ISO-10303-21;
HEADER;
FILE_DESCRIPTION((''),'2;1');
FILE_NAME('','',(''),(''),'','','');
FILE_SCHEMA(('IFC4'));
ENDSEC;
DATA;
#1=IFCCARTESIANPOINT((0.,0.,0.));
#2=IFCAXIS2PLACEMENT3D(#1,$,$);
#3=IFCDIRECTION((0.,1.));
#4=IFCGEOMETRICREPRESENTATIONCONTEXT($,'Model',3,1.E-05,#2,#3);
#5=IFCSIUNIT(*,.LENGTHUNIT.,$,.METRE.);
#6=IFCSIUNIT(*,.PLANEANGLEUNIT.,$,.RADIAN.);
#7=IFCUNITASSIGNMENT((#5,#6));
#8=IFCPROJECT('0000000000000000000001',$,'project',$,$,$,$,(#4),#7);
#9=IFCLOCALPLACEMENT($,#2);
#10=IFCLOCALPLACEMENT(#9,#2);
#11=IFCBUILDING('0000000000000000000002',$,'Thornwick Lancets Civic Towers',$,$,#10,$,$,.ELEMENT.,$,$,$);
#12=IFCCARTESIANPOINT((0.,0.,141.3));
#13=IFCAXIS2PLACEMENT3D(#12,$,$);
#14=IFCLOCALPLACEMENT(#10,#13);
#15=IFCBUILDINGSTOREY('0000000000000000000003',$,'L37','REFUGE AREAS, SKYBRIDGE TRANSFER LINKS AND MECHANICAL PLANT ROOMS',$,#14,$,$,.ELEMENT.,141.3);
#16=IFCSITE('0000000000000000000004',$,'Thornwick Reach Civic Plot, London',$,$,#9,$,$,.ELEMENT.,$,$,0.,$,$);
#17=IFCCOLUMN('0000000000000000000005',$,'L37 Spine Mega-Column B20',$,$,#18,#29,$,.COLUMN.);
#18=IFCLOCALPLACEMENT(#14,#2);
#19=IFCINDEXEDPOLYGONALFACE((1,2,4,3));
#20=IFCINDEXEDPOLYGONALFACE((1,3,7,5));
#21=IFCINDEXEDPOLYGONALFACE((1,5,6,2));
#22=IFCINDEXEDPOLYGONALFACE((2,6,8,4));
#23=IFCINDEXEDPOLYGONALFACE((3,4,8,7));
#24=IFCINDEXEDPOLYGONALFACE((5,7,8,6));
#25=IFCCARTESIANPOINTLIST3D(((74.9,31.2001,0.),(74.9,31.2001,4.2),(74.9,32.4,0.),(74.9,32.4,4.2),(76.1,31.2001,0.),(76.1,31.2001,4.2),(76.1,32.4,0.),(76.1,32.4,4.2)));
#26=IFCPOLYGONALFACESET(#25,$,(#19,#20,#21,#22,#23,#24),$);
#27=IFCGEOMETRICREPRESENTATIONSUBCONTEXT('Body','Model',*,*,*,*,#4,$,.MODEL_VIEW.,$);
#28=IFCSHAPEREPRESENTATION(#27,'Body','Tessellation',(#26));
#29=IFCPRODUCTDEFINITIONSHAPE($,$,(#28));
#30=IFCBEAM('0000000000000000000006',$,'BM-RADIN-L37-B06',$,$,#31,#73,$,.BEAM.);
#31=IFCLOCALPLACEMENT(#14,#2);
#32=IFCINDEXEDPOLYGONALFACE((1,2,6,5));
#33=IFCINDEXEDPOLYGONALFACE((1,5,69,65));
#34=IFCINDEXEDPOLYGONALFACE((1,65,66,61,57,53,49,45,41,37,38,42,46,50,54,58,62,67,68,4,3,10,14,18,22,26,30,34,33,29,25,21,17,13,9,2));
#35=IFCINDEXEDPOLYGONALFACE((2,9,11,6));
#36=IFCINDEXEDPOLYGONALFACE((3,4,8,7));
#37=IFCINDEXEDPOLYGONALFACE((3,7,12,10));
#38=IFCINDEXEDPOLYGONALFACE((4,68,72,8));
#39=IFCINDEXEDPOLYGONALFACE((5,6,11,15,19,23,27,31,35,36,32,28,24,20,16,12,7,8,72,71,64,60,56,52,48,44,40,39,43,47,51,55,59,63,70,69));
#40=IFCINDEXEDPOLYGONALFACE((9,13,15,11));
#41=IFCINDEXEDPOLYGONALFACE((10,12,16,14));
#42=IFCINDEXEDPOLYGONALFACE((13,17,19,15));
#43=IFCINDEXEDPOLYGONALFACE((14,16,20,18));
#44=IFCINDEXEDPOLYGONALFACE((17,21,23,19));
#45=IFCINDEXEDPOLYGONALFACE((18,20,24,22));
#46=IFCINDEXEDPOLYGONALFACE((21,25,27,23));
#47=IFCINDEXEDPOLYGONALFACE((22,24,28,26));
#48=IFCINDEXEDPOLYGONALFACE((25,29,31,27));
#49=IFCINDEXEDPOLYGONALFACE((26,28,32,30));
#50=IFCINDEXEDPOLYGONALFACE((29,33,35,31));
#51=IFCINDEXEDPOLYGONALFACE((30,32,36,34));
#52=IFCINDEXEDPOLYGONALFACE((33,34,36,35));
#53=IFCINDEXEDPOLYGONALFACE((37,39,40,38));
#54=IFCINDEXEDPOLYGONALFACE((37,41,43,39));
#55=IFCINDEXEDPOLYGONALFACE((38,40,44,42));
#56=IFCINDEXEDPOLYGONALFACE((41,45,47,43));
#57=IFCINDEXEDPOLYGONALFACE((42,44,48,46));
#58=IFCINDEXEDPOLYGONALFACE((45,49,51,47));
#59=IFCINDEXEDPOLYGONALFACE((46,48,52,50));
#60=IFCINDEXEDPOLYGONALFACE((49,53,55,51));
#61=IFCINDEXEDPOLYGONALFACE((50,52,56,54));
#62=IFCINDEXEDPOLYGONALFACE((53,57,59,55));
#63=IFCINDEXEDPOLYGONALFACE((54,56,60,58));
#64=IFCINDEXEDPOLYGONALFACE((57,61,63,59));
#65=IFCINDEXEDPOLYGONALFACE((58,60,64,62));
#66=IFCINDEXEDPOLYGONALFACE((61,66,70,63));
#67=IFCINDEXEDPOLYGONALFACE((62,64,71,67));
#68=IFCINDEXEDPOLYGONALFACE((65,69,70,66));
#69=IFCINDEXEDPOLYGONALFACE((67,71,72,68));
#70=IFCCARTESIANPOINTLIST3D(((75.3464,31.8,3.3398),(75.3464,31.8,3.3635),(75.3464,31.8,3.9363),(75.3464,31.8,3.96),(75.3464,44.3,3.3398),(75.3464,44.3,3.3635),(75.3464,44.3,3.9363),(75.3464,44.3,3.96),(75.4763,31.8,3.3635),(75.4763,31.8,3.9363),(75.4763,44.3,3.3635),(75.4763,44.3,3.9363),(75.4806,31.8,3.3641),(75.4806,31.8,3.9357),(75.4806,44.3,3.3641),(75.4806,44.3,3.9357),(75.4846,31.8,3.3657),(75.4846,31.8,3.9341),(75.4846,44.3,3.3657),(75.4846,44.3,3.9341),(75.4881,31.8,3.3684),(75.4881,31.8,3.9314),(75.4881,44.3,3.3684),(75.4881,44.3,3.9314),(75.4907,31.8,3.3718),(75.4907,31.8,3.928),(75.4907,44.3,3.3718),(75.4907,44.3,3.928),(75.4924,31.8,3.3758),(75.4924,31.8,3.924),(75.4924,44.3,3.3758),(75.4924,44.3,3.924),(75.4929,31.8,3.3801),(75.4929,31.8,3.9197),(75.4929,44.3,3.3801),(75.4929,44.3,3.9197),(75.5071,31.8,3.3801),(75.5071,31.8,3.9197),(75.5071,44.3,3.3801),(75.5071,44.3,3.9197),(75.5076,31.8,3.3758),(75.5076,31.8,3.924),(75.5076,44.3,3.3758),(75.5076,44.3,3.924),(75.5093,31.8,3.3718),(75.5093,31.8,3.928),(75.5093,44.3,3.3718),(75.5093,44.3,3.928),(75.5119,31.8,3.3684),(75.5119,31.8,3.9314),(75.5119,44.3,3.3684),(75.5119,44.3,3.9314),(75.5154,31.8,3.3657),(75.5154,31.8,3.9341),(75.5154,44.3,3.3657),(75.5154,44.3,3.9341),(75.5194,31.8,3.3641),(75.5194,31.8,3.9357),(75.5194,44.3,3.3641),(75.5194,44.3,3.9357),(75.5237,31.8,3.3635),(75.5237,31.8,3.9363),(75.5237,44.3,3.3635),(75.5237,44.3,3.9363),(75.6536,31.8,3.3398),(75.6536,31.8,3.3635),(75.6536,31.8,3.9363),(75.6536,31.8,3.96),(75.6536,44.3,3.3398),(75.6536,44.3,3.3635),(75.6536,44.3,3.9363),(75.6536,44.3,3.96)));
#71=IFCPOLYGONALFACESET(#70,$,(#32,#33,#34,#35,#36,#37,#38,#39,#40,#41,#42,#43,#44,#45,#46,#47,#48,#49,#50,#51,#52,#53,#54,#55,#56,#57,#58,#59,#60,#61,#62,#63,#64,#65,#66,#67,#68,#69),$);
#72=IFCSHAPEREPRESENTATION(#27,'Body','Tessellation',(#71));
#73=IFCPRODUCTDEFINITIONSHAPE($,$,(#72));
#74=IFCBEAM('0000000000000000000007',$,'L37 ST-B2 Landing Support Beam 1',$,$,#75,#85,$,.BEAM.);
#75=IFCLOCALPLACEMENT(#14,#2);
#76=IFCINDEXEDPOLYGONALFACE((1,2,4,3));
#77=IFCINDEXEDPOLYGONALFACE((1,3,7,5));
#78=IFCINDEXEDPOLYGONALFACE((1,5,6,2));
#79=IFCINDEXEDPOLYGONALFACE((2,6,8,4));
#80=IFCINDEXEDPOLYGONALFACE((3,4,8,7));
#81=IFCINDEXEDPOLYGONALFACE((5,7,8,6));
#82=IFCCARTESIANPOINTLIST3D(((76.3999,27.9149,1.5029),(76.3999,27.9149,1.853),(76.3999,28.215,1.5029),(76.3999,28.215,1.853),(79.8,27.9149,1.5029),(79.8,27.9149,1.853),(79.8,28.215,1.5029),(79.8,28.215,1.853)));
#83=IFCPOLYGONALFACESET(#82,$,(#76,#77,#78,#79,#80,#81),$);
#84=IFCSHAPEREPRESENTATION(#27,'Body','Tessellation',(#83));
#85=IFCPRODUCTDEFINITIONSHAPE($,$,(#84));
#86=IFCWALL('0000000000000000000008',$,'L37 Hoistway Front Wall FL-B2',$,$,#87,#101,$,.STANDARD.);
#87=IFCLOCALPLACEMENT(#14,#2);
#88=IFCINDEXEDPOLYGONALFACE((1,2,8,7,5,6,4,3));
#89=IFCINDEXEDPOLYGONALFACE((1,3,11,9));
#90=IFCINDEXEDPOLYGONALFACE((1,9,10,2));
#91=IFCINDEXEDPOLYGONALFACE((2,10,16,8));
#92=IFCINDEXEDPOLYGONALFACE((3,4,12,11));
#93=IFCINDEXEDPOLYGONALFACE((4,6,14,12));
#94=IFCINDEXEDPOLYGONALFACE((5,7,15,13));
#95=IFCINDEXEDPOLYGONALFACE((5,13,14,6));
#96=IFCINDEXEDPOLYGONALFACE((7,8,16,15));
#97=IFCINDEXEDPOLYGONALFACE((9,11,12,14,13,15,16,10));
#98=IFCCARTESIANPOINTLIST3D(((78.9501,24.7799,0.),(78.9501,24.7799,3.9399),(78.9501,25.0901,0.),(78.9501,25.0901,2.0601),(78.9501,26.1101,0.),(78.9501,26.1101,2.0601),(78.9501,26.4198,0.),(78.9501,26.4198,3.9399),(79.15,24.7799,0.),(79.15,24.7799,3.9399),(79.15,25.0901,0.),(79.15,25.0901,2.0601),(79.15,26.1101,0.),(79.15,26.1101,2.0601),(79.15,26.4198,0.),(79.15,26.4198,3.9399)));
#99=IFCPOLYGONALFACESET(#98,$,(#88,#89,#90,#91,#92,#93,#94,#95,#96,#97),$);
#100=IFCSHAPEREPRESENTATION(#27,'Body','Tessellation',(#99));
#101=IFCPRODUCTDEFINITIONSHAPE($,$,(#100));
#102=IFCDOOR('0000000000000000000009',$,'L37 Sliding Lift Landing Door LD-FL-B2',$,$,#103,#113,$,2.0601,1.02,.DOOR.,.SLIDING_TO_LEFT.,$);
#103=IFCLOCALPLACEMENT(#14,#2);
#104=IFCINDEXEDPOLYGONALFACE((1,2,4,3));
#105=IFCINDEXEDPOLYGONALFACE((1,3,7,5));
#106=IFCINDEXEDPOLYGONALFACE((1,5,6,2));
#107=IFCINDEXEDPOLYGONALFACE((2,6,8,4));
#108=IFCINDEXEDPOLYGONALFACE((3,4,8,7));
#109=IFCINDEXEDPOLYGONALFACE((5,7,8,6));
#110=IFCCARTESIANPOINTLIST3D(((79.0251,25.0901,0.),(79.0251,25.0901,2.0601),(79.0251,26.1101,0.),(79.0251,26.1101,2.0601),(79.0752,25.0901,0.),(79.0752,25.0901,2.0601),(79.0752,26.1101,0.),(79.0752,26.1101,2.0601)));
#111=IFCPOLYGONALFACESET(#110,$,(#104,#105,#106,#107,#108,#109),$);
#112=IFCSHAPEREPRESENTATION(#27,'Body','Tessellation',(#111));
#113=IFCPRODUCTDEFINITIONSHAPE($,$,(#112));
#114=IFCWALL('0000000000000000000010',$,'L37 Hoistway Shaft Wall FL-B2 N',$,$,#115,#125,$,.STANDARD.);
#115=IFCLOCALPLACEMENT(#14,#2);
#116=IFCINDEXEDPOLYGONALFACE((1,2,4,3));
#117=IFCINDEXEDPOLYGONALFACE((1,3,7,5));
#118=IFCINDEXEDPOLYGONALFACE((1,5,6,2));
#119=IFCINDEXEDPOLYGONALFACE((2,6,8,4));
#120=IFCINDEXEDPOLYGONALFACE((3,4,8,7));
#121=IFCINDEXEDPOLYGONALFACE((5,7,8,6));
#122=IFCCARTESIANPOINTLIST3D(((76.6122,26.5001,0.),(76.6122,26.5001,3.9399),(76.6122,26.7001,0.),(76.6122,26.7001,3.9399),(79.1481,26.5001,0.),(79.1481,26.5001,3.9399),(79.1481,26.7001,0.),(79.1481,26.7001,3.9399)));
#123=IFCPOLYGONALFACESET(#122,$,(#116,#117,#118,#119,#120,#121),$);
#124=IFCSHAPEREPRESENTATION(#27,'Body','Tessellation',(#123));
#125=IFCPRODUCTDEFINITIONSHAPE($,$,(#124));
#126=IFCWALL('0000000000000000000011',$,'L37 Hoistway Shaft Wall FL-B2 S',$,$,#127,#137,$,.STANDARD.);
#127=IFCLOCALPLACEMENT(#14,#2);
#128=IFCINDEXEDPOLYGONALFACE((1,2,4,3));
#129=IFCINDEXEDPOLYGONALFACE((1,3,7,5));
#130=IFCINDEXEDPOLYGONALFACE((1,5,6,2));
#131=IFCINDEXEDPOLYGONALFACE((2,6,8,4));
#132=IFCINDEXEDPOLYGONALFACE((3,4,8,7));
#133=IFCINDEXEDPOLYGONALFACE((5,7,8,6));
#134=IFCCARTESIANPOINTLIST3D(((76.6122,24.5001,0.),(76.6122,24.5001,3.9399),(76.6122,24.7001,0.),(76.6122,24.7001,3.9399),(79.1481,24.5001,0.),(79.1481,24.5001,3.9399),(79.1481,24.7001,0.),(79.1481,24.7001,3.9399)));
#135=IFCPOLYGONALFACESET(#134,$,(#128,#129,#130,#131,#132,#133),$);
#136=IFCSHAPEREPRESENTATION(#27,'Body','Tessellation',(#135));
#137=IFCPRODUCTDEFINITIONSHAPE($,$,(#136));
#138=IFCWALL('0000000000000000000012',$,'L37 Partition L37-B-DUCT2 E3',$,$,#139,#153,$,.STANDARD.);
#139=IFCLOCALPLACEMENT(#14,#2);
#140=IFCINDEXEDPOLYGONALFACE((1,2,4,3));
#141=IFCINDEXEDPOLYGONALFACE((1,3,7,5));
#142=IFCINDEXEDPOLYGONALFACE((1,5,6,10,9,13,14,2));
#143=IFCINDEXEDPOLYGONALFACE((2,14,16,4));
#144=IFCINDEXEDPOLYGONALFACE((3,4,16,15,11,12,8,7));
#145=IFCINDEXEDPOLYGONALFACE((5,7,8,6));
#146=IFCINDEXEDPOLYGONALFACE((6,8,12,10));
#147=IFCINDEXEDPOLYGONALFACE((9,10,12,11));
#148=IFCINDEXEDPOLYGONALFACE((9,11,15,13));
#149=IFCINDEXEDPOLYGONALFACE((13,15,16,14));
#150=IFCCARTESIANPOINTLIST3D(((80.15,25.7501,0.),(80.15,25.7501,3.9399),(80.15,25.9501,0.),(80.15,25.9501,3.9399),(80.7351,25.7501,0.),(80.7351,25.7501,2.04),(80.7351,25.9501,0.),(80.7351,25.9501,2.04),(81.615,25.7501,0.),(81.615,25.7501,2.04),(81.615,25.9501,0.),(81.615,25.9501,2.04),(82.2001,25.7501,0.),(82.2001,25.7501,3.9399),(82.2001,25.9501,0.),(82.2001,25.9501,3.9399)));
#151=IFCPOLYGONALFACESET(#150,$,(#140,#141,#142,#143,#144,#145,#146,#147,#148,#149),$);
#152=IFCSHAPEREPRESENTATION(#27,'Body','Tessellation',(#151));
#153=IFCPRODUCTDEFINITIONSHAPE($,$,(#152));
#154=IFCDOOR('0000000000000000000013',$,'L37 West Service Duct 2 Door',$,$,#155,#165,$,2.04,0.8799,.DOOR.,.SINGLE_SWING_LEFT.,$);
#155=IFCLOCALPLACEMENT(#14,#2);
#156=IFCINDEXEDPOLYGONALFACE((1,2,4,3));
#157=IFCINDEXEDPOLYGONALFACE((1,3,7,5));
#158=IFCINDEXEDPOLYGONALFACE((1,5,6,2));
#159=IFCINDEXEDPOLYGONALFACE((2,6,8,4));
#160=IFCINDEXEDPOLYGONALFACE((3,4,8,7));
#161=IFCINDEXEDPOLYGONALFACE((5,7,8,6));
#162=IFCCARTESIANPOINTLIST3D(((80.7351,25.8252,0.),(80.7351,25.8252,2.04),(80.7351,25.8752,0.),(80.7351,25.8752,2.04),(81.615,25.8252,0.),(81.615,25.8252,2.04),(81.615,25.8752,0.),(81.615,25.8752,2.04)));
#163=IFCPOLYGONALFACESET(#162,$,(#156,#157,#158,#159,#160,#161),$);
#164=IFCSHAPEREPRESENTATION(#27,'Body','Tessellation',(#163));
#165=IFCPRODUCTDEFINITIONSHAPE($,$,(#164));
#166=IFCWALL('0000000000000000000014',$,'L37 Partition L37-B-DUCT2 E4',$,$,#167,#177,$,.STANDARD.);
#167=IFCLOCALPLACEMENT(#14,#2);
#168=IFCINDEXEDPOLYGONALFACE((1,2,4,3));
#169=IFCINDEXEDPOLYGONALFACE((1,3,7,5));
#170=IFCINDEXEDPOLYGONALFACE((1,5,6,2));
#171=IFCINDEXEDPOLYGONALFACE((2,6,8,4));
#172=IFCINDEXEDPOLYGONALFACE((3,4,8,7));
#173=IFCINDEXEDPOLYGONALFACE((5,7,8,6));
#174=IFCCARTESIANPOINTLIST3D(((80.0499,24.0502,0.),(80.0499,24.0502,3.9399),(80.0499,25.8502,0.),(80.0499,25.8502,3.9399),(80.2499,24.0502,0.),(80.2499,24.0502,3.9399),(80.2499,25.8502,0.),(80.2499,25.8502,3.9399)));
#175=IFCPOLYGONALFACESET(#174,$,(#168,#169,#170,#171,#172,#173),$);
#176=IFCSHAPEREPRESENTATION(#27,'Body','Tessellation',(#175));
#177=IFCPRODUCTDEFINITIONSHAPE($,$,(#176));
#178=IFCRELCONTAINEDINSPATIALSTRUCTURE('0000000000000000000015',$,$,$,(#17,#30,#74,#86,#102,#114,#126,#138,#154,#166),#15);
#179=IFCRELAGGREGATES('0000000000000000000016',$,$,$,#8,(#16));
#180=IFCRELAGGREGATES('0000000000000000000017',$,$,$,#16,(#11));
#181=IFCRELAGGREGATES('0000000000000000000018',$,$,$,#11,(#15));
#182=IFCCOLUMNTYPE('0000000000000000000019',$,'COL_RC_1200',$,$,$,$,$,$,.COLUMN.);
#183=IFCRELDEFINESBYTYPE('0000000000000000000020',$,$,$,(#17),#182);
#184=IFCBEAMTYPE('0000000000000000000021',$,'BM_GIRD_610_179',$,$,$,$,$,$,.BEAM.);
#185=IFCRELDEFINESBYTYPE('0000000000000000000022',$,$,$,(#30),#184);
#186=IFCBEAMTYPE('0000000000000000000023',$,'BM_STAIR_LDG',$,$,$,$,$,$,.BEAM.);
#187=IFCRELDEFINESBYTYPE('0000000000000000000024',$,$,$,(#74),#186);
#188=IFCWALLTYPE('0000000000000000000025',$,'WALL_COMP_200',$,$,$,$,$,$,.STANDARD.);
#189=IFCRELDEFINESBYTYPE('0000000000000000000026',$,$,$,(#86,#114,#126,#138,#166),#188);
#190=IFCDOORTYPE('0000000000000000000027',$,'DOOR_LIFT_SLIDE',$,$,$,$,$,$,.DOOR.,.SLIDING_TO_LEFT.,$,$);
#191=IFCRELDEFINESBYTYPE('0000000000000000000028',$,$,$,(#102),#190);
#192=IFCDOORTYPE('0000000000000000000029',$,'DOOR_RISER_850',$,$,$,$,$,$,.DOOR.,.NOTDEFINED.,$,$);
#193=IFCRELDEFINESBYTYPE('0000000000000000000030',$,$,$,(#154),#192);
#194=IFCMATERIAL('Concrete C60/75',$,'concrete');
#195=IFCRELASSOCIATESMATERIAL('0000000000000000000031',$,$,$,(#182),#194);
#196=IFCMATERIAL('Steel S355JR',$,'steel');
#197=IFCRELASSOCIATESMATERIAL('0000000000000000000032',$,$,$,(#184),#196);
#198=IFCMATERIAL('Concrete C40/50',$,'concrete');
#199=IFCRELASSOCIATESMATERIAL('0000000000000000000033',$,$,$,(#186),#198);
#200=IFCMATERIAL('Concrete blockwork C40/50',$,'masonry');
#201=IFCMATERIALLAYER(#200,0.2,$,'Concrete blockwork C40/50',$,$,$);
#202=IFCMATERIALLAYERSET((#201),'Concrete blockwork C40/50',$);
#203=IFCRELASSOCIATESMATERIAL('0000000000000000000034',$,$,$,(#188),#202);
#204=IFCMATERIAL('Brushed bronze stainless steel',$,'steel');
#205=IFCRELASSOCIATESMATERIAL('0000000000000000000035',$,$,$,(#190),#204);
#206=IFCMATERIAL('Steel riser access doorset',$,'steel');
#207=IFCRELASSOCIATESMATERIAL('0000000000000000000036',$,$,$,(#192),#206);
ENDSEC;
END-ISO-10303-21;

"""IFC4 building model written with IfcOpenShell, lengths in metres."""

from ifc_helpers import new_model, si_unit, direction, frame, frame_2d, origin, origin_2d, place, context, subcontext, project, spatial, rectangle, i_section, extrude, material, layer, layer_set, material_profile, profile_set, type_object, element, fill, save


model = new_model("IFC4")

# Units and contexts
model_context = context("Model", 3, precision=1e-05, world=origin(), true_north=direction((0.0, 1.0)))
body_context = subcontext(model_context, "Body", "Model", "MODEL_VIEW")
ifc_project = project(units=[si_unit("LENGTHUNIT", "METRE"), si_unit("PLANEANGLEUNIT", "RADIAN")], contexts=[model_context])

# Site, building, storey
site_placement = place(None, origin())
site = spatial("IfcSite", under=ifc_project, at=site_placement, Name="Thornwick Reach Civic Plot, London", CompositionType="ELEMENT", RefElevation=0.0)
building_placement = place(site_placement, origin())
building = spatial("IfcBuilding", under=site, at=building_placement, Name="Thornwick Lancets Civic Towers", CompositionType="ELEMENT")
storey_placement = place(building_placement, frame((0.0, 0.0, 141.3)))
storey = spatial("IfcBuildingStorey", under=building, at=storey_placement, Name="L37", Description="REFUGE AREAS, SKYBRIDGE TRANSFER LINKS AND MECHANICAL PLANT ROOMS", CompositionType="ELEMENT", Elevation=141.3)

# Column
ifc_material_1 = material(Name="Concrete C60/75", Category="concrete")
ifc_material_profile_1 = material_profile(ifc_material_1, rectangle(XDim=1.2, YDim=1.2, at=origin_2d()), Name="RC 1200x1200")
ifc_profile_set_1 = profile_set([ifc_material_profile_1], Name="Concrete C60/75")
column_type = type_object("IfcColumnType", Name="COL_RC_1200", PredefinedType="COLUMN", material=ifc_profile_set_1)
column_placement = place(storey_placement, frame((75.5, 31.8, 0.0), z_axis=(0.0, 0.0, 1.0), x_axis=(1.0, 0.0, 0.0)))
element("IfcColumn", 1, at=column_placement, inside=storey, type_object=column_type, Name="L37 Spine Mega-Column B20", PredefinedType="COLUMN", context=body_context, shape_type="SweptSolid", body=[
    extrude(rectangle(XDim=1.2, YDim=1.2, at=origin_2d()), origin(), (0.0, 0.0, 1.0), 4.2),
])

# Beams
ifc_material_2 = material(Name="Steel S355JR", Category="steel")
ifc_material_profile_2 = material_profile(ifc_material_2, i_section(OverallWidth=0.3071, OverallDepth=0.6201, WebThickness=0.0142, FlangeThickness=0.0237, FilletRadius=0.0166, at=origin_2d()), Name="UKB 610x305x179")
ifc_profile_set_2 = profile_set([ifc_material_profile_2], Name="Steel S355JR")
beam_type_1 = type_object("IfcBeamType", Name="BM_GIRD_610_179", PredefinedType="BEAM", material=ifc_profile_set_2)
beam_1_placement = place(storey_placement, frame((75.5, 31.8, 3.6499), z_axis=(0.0, 1.0, 0.0), x_axis=(-1.0, 0.0, 0.0)))
element("IfcBeam", 2, at=beam_1_placement, inside=storey, type_object=beam_type_1, Name="BM-RADIN-L37-B06", PredefinedType="BEAM", context=body_context, shape_type="SweptSolid", body=[
    extrude(i_section(OverallWidth=0.3071, OverallDepth=0.6201, WebThickness=0.0142, FlangeThickness=0.0237, FilletRadius=0.0166, at=origin_2d()), origin(), (0.0, 0.0, 1.0), 12.5),
])
ifc_material_3 = material(Name="Concrete C40/50", Category="concrete")
ifc_material_profile_3 = material_profile(ifc_material_3, rectangle(XDim=0.3, YDim=0.3501, at=origin_2d()), Name="RC 300x350")
ifc_profile_set_3 = profile_set([ifc_material_profile_3], Name="Concrete C40/50")
beam_type_2 = type_object("IfcBeamType", Name="BM_STAIR_LDG", PredefinedType="BEAM", material=ifc_profile_set_3)
beam_2_placement = place(storey_placement, frame((76.3999, 28.0649, 1.678), z_axis=(1.0, 0.0, 0.0), x_axis=(0.0, 1.0, 0.0)))
element("IfcBeam", 3, at=beam_2_placement, inside=storey, type_object=beam_type_2, Name="L37 ST-B2 Landing Support Beam 1", PredefinedType="BEAM", context=body_context, shape_type="SweptSolid", body=[
    extrude(rectangle(XDim=0.3, YDim=0.3501, at=origin_2d()), origin(), (0.0, 0.0, 1.0), 3.4001),
])

# Wall, opening, door
ifc_material_4 = material(Name="Concrete blockwork C40/50", Category="masonry")
ifc_layer_1 = layer(ifc_material_4, 0.2, Name="Concrete blockwork C40/50")
ifc_layer_set_1 = layer_set([ifc_layer_1], Name="Concrete blockwork C40/50")
wall_type_1 = type_object("IfcWallType", Name="WALL_COMP_200", PredefinedType="STANDARD", material=ifc_layer_set_1)
wall_1_placement = place(storey_placement, frame((79.05, 24.78, 0.0), z_axis=(0.0, 0.0, 1.0), x_axis=(0.0, 1.0, 0.0)))
wall_1 = element("IfcWall", 4, at=wall_1_placement, inside=storey, type_object=wall_type_1, Name="L37 Hoistway Front Wall FL-B2", PredefinedType="STANDARD", context=body_context, shape_type="SweptSolid", body=[
    extrude(rectangle(XDim=1.6399, YDim=0.2, at=frame_2d((0.8198, 0.0))), origin(), (0.0, 0.0, 1.0), 3.9399),
])
opening_1_placement = place(wall_1_placement, frame((0.3101, 0.0, 0.0)))
opening_1 = element("IfcOpeningElement", 5, at=opening_1_placement, cuts=wall_1, PredefinedType="OPENING", context=body_context, shape_type="SweptSolid", body=[
    extrude(rectangle(XDim=1.02, YDim=2.0601, at=frame_2d((0.51, 1.03))), frame((0.0, 0.1099, 0.0), z_axis=(0.0, -1.0, 0.0), x_axis=(1.0, 0.0, 0.0)), (0.0, 0.0, 1.0), 0.22),
])
ifc_material_5 = material(Name="Brushed bronze stainless steel", Category="steel")
door_type_1 = type_object("IfcDoorType", Name="DOOR_LIFT_SLIDE", OperationType="SLIDING_TO_LEFT", PredefinedType="DOOR", material=ifc_material_5)
door_1_placement = place(opening_1_placement, origin())
door_1 = element("IfcDoor", 6, at=door_1_placement, inside=storey, type_object=door_type_1, Name="L37 Sliding Lift Landing Door LD-FL-B2", OperationType="SLIDING_TO_LEFT", OverallHeight=2.0601, OverallWidth=1.02, PredefinedType="DOOR", context=body_context, shape_type="SweptSolid", body=[
    extrude(rectangle(XDim=1.02, YDim=2.0601, at=frame_2d((0.51, 1.03))), frame((0.0, 0.0249, 0.0), z_axis=(0.0, -1.0, 0.0), x_axis=(1.0, 0.0, 0.0)), (0.0, 0.0, 1.0), 0.05),
])
fill(opening_1, door_1)

# Walls
for number, where, z_axis, x_axis, name in (
    (7, (76.6121, 26.6001, 0.0), (0.0, 0.0, 1.0), (1.0, 0.0, 0.0), "L37 Hoistway Shaft Wall FL-B2 N"),
    (8, (76.6121, 24.6001, 0.0), (0.0, 0.0, 1.0), (1.0, 0.0, 0.0), "L37 Hoistway Shaft Wall FL-B2 S"),
):
    element("IfcWall", number, at=place(storey_placement, frame(where, z_axis=z_axis, x_axis=x_axis)), inside=storey, type_object=wall_type_1, Name=name, PredefinedType="STANDARD", context=body_context, shape_type="SweptSolid", body=[
        extrude(rectangle(XDim=2.5359, YDim=0.2, at=frame_2d((1.2681, 0.0))), origin(), (0.0, 0.0, 1.0), 3.9399),
    ])

# Wall, opening, door
wall_2_placement = place(storey_placement, frame((82.2, 25.8501, 0.0), z_axis=(0.0, 0.0, 1.0), x_axis=(-1.0, 0.0, 0.0)))
wall_2 = element("IfcWall", 9, at=wall_2_placement, inside=storey, type_object=wall_type_1, Name="L37 Partition L37-B-DUCT2 E3", PredefinedType="STANDARD", context=body_context, shape_type="SweptSolid", body=[
    extrude(rectangle(XDim=2.05, YDim=0.2, at=frame_2d((1.0249, 0.0))), origin(), (0.0, 0.0, 1.0), 3.9399),
])
opening_2_placement = place(wall_2_placement, frame((0.585, 0.0, 0.0)))
opening_2 = element("IfcOpeningElement", 10, at=opening_2_placement, cuts=wall_2, PredefinedType="OPENING", context=body_context, shape_type="SweptSolid", body=[
    extrude(rectangle(XDim=0.8799, YDim=2.04, at=frame_2d((0.4399, 1.02))), frame((0.0, 0.1099, 0.0), z_axis=(0.0, -1.0, 0.0), x_axis=(1.0, 0.0, 0.0)), (0.0, 0.0, 1.0), 0.22),
])
ifc_material_6 = material(Name="Steel riser access doorset", Category="steel")
door_type_2 = type_object("IfcDoorType", Name="DOOR_RISER_850", OperationType="NOTDEFINED", PredefinedType="DOOR", material=ifc_material_6)
door_2_placement = place(opening_2_placement, origin())
door_2 = element("IfcDoor", 11, at=door_2_placement, inside=storey, type_object=door_type_2, Name="L37 West Service Duct 2 Door", OperationType="SINGLE_SWING_LEFT", OverallHeight=2.04, OverallWidth=0.8799, PredefinedType="DOOR", context=body_context, shape_type="SweptSolid", body=[
    extrude(rectangle(XDim=0.8799, YDim=2.04, at=frame_2d((0.4399, 1.02))), frame((0.0, 0.0249, 0.0), z_axis=(0.0, -1.0, 0.0), x_axis=(1.0, 0.0, 0.0)), (0.0, 0.0, 1.0), 0.05),
])
fill(opening_2, door_2)

# Wall
wall_3_placement = place(storey_placement, frame((80.1499, 25.8501, 0.0), z_axis=(0.0, 0.0, 1.0), x_axis=(0.0, -1.0, 0.0)))
element("IfcWall", 12, at=wall_3_placement, inside=storey, type_object=wall_type_1, Name="L37 Partition L37-B-DUCT2 E4", PredefinedType="STANDARD", context=body_context, shape_type="SweptSolid", body=[
    extrude(rectangle(XDim=1.8, YDim=0.2, at=frame_2d((0.8999, 0.0))), origin(), (0.0, 0.0, 1.0), 3.9399),
])

save(model, "model.ifc")
